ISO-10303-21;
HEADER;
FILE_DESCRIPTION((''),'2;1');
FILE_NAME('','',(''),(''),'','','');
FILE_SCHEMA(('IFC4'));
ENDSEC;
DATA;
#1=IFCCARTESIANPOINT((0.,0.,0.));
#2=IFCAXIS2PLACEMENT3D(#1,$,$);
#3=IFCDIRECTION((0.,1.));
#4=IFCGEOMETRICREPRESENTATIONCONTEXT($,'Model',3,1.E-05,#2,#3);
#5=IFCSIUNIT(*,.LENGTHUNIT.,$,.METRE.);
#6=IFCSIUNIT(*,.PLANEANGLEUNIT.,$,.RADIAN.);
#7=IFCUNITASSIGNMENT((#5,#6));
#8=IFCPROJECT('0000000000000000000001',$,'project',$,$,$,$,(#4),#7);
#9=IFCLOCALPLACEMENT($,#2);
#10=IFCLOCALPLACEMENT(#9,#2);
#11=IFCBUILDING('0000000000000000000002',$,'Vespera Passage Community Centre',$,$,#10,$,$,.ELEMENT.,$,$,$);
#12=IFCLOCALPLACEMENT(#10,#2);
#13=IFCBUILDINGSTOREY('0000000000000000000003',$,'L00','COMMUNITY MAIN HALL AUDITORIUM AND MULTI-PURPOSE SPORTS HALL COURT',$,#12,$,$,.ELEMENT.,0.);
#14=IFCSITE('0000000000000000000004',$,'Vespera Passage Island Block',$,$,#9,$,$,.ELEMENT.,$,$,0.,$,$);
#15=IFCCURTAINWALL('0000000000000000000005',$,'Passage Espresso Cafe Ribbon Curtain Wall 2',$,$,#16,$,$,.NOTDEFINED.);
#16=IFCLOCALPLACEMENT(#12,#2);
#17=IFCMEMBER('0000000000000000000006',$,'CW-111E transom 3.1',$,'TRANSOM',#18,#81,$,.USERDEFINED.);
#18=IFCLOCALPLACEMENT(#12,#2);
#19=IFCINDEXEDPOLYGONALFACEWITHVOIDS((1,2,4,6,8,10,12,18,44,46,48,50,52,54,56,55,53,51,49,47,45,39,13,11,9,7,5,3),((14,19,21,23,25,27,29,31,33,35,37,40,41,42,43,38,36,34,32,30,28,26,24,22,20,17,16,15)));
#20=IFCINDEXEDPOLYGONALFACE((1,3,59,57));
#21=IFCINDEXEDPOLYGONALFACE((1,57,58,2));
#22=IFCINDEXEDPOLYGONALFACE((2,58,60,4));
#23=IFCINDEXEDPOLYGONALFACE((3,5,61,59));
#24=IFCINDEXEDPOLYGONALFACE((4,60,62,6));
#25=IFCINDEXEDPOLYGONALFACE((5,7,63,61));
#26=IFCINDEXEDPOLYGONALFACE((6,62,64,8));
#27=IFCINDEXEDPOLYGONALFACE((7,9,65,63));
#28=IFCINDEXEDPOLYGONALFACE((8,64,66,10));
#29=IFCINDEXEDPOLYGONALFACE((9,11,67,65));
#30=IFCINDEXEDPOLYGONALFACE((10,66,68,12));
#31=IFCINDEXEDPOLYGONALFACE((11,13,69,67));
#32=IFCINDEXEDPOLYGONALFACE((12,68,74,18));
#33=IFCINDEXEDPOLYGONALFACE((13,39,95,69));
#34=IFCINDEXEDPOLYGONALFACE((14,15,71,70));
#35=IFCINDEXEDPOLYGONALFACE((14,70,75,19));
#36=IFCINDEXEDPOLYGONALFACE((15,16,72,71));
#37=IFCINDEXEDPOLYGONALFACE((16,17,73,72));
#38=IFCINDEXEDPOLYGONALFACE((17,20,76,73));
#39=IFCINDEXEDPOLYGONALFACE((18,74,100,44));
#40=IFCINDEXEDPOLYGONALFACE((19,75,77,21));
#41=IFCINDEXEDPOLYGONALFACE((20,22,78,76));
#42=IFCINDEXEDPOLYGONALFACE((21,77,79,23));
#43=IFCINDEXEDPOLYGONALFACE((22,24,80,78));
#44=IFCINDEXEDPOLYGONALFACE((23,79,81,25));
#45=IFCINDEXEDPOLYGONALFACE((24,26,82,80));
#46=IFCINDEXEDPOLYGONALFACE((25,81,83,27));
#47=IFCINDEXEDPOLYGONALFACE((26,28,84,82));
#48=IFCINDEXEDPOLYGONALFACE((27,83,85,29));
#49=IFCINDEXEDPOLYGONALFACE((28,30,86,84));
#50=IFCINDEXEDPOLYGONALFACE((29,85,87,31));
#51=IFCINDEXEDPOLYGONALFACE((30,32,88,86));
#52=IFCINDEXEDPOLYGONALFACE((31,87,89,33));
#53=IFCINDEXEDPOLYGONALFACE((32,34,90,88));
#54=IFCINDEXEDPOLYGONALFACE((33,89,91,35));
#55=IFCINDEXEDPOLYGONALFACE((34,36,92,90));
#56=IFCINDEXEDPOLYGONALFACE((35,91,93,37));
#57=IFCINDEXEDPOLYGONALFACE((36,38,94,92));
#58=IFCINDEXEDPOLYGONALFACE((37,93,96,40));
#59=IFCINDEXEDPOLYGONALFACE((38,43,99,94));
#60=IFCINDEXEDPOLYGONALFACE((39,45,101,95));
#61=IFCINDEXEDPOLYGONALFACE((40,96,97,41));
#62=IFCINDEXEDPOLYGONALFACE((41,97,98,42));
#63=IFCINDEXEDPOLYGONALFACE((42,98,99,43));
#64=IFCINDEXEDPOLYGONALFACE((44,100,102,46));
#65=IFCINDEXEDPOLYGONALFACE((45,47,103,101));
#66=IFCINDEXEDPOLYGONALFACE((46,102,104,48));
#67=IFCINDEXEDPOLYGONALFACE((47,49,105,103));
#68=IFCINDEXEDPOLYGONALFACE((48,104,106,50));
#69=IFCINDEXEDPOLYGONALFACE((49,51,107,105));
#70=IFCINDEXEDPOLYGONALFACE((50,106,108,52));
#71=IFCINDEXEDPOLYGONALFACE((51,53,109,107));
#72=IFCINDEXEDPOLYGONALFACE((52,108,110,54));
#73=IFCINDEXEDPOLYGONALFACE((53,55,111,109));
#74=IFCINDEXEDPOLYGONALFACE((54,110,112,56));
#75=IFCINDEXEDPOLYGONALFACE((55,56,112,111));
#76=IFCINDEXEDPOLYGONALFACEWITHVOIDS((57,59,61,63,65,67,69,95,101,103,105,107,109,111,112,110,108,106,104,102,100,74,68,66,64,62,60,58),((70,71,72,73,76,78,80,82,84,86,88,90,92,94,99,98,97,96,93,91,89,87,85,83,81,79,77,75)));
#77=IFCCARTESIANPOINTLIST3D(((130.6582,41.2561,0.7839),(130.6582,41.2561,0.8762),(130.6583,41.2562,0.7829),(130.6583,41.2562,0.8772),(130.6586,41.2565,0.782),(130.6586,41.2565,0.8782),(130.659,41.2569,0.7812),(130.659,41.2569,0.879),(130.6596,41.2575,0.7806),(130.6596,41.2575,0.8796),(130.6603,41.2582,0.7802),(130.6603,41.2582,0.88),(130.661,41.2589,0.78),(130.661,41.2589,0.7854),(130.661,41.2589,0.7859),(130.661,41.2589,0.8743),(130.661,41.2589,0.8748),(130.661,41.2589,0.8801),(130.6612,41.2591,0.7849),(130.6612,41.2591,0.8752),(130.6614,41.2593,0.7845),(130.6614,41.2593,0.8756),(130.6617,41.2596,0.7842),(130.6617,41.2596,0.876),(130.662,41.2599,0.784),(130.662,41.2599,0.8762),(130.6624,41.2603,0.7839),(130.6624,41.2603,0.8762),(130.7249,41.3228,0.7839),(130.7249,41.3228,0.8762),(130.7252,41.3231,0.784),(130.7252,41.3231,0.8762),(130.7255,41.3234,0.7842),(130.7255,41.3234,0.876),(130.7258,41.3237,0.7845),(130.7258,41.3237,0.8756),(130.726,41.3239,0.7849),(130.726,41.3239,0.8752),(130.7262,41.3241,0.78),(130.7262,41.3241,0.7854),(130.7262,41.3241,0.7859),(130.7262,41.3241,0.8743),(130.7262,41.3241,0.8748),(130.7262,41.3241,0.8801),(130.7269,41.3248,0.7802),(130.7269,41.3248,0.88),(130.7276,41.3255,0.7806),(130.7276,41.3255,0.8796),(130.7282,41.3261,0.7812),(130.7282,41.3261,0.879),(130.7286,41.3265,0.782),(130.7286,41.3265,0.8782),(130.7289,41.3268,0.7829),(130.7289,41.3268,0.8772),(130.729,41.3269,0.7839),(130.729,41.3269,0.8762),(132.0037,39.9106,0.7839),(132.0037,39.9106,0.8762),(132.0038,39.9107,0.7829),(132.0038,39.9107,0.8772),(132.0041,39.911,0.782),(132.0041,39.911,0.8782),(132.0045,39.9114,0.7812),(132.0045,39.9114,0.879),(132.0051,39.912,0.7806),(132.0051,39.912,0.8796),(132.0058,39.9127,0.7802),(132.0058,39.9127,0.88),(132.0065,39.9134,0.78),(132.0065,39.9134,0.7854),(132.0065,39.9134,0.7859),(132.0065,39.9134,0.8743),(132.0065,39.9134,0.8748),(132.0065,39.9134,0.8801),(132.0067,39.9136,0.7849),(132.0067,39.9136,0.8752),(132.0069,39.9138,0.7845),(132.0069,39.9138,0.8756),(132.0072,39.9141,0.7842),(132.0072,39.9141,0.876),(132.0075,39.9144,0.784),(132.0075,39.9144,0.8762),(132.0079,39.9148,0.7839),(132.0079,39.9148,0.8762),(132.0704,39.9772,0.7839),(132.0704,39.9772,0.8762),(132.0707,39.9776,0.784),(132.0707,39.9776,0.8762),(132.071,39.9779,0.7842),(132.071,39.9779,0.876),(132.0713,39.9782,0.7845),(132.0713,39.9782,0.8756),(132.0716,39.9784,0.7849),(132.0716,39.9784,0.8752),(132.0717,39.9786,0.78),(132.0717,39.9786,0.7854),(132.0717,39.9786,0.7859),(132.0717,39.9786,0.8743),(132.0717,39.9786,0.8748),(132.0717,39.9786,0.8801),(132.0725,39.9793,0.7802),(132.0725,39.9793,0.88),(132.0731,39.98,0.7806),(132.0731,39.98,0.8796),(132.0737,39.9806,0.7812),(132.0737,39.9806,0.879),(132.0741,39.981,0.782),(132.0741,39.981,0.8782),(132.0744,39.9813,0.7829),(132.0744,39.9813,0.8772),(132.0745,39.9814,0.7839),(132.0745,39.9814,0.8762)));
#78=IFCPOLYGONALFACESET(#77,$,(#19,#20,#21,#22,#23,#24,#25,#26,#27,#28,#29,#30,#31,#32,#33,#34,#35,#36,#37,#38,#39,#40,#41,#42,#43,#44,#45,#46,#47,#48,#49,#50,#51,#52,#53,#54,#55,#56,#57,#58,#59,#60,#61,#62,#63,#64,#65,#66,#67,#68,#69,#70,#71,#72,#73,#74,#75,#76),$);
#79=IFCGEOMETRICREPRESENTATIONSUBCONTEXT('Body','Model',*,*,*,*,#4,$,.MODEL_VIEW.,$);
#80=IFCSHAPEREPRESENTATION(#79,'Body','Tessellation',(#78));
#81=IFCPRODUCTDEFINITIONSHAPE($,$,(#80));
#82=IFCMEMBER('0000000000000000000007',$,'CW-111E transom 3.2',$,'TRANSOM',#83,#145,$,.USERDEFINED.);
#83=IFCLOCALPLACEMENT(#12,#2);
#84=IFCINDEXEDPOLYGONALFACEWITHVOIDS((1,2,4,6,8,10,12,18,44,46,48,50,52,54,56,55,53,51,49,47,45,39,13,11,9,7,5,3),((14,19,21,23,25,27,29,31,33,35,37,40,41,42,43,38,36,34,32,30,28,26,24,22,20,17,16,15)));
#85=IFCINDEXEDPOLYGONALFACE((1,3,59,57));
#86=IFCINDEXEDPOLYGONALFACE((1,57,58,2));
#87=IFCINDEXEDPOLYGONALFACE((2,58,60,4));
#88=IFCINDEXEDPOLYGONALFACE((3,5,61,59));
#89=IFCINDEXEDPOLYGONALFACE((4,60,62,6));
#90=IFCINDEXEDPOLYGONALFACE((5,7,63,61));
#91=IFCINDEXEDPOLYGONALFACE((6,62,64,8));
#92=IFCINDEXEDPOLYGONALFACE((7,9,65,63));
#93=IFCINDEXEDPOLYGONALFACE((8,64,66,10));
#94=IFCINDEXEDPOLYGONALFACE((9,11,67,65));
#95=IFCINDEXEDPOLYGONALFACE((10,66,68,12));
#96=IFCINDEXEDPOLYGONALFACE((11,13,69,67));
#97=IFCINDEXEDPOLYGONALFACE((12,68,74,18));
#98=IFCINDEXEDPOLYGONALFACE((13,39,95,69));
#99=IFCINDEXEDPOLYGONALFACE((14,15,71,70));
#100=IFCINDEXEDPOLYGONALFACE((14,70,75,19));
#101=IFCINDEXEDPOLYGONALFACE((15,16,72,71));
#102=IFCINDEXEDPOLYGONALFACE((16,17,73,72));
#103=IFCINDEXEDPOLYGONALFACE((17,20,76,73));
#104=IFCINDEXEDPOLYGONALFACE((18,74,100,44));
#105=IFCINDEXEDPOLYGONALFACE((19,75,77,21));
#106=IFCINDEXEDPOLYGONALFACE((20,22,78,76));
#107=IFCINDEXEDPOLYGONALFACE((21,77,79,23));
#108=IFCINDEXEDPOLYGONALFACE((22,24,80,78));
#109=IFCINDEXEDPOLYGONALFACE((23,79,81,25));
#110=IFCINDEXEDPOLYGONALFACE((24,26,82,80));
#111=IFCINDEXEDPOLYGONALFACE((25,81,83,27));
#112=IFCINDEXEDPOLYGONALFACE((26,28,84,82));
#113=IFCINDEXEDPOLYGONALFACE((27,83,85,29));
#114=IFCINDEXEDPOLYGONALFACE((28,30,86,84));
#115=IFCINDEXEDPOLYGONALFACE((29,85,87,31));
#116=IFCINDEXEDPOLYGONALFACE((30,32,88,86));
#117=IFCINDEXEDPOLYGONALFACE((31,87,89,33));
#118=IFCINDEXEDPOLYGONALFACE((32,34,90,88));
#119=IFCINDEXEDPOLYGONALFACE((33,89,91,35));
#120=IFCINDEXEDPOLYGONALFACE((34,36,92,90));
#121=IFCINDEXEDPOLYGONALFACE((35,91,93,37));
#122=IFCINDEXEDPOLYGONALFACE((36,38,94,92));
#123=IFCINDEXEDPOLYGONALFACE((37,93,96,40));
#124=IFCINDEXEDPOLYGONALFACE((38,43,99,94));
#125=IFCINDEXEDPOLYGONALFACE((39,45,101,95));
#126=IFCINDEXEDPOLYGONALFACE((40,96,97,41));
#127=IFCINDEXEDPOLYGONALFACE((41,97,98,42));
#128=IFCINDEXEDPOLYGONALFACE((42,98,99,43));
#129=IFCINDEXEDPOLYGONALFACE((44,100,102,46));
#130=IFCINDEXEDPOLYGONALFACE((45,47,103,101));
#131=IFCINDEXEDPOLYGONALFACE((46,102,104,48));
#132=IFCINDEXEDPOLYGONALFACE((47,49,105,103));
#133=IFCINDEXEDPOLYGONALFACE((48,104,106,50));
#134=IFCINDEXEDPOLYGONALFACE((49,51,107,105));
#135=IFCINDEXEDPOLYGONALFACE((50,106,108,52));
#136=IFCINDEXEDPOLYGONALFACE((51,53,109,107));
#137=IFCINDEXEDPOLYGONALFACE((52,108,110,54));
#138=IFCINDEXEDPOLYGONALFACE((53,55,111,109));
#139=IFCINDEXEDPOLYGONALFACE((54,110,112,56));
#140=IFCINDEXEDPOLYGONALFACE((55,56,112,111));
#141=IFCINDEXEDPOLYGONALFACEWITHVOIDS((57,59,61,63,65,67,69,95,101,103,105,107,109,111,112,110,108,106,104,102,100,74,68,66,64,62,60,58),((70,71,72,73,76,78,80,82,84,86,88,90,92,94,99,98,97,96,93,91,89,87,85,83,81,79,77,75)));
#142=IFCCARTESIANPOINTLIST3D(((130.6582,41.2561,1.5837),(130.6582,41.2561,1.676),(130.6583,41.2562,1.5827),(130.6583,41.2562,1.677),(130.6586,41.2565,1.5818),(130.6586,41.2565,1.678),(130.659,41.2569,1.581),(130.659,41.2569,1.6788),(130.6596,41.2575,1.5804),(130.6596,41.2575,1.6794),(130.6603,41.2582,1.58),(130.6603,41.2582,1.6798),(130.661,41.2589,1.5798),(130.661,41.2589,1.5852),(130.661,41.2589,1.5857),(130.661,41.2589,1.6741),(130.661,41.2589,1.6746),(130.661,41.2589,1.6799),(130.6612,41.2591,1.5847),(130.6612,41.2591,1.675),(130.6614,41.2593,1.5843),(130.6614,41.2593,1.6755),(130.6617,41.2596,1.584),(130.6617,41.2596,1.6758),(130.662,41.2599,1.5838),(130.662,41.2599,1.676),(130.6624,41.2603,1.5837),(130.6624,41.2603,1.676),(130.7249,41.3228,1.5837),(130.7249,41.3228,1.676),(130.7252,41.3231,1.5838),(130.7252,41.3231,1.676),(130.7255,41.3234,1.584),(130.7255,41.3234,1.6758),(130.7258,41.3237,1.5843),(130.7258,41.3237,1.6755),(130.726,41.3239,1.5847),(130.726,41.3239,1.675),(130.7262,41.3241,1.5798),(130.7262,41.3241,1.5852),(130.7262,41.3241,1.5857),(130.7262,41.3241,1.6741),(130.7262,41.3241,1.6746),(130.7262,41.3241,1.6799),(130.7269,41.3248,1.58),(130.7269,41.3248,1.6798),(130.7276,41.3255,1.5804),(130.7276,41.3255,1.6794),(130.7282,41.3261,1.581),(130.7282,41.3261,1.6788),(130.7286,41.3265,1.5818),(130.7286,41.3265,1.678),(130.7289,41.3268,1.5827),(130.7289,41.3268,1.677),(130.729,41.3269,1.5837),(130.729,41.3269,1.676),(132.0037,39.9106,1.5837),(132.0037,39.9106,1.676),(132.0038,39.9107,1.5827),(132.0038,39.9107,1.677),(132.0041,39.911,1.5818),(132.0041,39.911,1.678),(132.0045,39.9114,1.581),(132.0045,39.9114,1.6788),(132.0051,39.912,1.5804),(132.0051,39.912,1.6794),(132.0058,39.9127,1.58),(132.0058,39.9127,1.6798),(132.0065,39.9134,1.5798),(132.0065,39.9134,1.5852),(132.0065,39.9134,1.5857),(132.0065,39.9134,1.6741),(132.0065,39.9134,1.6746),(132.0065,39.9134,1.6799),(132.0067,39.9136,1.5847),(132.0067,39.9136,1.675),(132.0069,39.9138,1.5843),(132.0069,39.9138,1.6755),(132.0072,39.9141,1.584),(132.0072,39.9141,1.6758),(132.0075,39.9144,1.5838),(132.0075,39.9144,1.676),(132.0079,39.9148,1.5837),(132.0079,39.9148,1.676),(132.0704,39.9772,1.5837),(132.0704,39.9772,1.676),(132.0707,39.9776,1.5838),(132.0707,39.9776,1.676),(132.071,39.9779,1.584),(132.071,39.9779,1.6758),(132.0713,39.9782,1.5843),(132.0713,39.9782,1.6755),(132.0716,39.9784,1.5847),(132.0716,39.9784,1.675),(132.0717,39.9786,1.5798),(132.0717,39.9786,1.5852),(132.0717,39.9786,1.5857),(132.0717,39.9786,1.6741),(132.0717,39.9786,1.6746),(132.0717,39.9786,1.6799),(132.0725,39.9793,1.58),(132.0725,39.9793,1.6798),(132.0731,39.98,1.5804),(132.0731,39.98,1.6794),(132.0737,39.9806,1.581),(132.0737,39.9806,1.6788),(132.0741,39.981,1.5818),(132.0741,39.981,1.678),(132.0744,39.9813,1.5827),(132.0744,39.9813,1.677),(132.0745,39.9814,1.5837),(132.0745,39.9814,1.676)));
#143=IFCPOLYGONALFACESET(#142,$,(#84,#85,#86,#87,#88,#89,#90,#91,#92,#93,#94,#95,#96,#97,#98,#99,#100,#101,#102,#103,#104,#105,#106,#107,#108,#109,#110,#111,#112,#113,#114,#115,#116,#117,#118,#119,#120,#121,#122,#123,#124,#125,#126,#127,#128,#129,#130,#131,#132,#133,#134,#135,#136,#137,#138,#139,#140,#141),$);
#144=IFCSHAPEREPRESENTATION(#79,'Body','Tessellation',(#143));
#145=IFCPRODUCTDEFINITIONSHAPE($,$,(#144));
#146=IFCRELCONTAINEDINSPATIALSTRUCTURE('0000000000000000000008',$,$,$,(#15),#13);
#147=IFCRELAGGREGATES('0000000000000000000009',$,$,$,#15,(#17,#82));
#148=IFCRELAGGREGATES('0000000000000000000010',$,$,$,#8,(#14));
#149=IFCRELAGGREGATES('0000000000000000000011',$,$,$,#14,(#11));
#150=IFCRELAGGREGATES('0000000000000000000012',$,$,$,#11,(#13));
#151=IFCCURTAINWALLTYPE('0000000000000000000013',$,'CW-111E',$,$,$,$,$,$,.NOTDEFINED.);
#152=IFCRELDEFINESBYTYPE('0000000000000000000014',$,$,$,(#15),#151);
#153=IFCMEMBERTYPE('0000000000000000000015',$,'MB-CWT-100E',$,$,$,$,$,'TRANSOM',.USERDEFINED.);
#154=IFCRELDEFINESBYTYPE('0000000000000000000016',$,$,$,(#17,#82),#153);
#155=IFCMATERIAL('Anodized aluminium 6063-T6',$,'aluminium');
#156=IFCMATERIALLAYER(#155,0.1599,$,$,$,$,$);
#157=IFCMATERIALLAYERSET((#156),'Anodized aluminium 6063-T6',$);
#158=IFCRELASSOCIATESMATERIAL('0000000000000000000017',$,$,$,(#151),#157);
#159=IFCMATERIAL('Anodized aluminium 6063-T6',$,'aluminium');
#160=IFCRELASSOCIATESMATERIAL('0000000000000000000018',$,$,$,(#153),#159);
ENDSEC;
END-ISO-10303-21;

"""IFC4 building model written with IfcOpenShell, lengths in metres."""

from ifc_helpers import new_model, si_unit, direction, frame, origin, origin_2d, place, context, subcontext, project, spatial, hollow_rectangle, extrude, material, layer, layer_set, material_profile, profile_set, type_object, element, aggregate, save


model = new_model("IFC4")

# Units and contexts
model_context = context("Model", 3, precision=1e-05, world=origin(), true_north=direction((0.0, 1.0)))
body_context = subcontext(model_context, "Body", "Model", "MODEL_VIEW")
ifc_project = project(units=[si_unit("LENGTHUNIT", "METRE"), si_unit("PLANEANGLEUNIT", "RADIAN")], contexts=[model_context])

# Site, building, storey
site_placement = place(None, origin())
site = spatial("IfcSite", under=ifc_project, at=site_placement, Name="Vespera Passage Island Block", CompositionType="ELEMENT", RefElevation=0.0)
building_placement = place(site_placement, origin())
building = spatial("IfcBuilding", under=site, at=building_placement, Name="Vespera Passage Community Centre", CompositionType="ELEMENT")
storey_placement = place(building_placement, origin())
storey = spatial("IfcBuildingStorey", under=building, at=storey_placement, Name="L00", Description="COMMUNITY MAIN HALL AUDITORIUM AND MULTI-PURPOSE SPORTS HALL COURT", CompositionType="ELEMENT", Elevation=0.0)

# Curtain wall
ifc_material_1 = material(Name="Anodized aluminium 6063-T6", Category="aluminium")
ifc_layer_1 = layer(ifc_material_1, 0.1599)
ifc_layer_set_1 = layer_set([ifc_layer_1], Name="Anodized aluminium 6063-T6")
curtain_wall_type_1 = type_object("IfcCurtainWallType", Name="CW-111E", PredefinedType="NOTDEFINED", material=ifc_layer_set_1)
curtain_wall_1_placement = place(storey_placement, origin())
curtain_wall_1 = element("IfcCurtainWall", 1, at=curtain_wall_1_placement, inside=storey, type_object=curtain_wall_type_1, Name="Passage Espresso Cafe Ribbon Curtain Wall 2", PredefinedType="NOTDEFINED")

# Members
ifc_material_2 = material(Name="Anodized aluminium 6063-T6", Category="aluminium")
ifc_material_profile_1 = material_profile(ifc_material_2, hollow_rectangle(XDim=0.1001, YDim=0.1001, WallThickness=0.0039, InnerFilletRadius=0.002, OuterFilletRadius=0.0039, at=origin_2d()), Name="ALU100X100X4")
ifc_profile_set_1 = profile_set([ifc_material_profile_1], Name="Anodized aluminium 6063-T6")
member_type_1 = type_object("IfcMemberType", Name="MB-CWT-100E", ElementType="TRANSOM", PredefinedType="USERDEFINED", material=ifc_profile_set_1)
member_1_placement = place(storey_placement, frame((130.6936, 41.2915, 0.8301), z_axis=(0.707107, -0.707107, 0.0), x_axis=(0.707107, 0.707107, 0.0)))
member_1 = element("IfcMember", 2, at=member_1_placement, type_object=member_type_1, Name="CW-111E transom 3.1", ObjectType="TRANSOM", PredefinedType="USERDEFINED", context=body_context, shape_type="SweptSolid", body=[
    extrude(hollow_rectangle(XDim=0.1001, YDim=0.1001, WallThickness=0.0039, InnerFilletRadius=0.002, OuterFilletRadius=0.0039, at=origin_2d()), origin(), (0.0, 0.0, 1.0), 1.9028),
])
member_2_placement = place(storey_placement, frame((130.6936, 41.2915, 1.6299), z_axis=(0.707107, -0.707107, 0.0), x_axis=(0.707107, 0.707107, 0.0)))
member_2 = element("IfcMember", 3, at=member_2_placement, type_object=member_type_1, Name="CW-111E transom 3.2", ObjectType="TRANSOM", PredefinedType="USERDEFINED", context=body_context, shape_type="SweptSolid", body=[
    extrude(hollow_rectangle(XDim=0.1001, YDim=0.1001, WallThickness=0.0039, InnerFilletRadius=0.002, OuterFilletRadius=0.0039, at=origin_2d()), origin(), (0.0, 0.0, 1.0), 1.9028),
])

aggregate(curtain_wall_1, [member_1, member_2])

save(model, "model.ifc")
